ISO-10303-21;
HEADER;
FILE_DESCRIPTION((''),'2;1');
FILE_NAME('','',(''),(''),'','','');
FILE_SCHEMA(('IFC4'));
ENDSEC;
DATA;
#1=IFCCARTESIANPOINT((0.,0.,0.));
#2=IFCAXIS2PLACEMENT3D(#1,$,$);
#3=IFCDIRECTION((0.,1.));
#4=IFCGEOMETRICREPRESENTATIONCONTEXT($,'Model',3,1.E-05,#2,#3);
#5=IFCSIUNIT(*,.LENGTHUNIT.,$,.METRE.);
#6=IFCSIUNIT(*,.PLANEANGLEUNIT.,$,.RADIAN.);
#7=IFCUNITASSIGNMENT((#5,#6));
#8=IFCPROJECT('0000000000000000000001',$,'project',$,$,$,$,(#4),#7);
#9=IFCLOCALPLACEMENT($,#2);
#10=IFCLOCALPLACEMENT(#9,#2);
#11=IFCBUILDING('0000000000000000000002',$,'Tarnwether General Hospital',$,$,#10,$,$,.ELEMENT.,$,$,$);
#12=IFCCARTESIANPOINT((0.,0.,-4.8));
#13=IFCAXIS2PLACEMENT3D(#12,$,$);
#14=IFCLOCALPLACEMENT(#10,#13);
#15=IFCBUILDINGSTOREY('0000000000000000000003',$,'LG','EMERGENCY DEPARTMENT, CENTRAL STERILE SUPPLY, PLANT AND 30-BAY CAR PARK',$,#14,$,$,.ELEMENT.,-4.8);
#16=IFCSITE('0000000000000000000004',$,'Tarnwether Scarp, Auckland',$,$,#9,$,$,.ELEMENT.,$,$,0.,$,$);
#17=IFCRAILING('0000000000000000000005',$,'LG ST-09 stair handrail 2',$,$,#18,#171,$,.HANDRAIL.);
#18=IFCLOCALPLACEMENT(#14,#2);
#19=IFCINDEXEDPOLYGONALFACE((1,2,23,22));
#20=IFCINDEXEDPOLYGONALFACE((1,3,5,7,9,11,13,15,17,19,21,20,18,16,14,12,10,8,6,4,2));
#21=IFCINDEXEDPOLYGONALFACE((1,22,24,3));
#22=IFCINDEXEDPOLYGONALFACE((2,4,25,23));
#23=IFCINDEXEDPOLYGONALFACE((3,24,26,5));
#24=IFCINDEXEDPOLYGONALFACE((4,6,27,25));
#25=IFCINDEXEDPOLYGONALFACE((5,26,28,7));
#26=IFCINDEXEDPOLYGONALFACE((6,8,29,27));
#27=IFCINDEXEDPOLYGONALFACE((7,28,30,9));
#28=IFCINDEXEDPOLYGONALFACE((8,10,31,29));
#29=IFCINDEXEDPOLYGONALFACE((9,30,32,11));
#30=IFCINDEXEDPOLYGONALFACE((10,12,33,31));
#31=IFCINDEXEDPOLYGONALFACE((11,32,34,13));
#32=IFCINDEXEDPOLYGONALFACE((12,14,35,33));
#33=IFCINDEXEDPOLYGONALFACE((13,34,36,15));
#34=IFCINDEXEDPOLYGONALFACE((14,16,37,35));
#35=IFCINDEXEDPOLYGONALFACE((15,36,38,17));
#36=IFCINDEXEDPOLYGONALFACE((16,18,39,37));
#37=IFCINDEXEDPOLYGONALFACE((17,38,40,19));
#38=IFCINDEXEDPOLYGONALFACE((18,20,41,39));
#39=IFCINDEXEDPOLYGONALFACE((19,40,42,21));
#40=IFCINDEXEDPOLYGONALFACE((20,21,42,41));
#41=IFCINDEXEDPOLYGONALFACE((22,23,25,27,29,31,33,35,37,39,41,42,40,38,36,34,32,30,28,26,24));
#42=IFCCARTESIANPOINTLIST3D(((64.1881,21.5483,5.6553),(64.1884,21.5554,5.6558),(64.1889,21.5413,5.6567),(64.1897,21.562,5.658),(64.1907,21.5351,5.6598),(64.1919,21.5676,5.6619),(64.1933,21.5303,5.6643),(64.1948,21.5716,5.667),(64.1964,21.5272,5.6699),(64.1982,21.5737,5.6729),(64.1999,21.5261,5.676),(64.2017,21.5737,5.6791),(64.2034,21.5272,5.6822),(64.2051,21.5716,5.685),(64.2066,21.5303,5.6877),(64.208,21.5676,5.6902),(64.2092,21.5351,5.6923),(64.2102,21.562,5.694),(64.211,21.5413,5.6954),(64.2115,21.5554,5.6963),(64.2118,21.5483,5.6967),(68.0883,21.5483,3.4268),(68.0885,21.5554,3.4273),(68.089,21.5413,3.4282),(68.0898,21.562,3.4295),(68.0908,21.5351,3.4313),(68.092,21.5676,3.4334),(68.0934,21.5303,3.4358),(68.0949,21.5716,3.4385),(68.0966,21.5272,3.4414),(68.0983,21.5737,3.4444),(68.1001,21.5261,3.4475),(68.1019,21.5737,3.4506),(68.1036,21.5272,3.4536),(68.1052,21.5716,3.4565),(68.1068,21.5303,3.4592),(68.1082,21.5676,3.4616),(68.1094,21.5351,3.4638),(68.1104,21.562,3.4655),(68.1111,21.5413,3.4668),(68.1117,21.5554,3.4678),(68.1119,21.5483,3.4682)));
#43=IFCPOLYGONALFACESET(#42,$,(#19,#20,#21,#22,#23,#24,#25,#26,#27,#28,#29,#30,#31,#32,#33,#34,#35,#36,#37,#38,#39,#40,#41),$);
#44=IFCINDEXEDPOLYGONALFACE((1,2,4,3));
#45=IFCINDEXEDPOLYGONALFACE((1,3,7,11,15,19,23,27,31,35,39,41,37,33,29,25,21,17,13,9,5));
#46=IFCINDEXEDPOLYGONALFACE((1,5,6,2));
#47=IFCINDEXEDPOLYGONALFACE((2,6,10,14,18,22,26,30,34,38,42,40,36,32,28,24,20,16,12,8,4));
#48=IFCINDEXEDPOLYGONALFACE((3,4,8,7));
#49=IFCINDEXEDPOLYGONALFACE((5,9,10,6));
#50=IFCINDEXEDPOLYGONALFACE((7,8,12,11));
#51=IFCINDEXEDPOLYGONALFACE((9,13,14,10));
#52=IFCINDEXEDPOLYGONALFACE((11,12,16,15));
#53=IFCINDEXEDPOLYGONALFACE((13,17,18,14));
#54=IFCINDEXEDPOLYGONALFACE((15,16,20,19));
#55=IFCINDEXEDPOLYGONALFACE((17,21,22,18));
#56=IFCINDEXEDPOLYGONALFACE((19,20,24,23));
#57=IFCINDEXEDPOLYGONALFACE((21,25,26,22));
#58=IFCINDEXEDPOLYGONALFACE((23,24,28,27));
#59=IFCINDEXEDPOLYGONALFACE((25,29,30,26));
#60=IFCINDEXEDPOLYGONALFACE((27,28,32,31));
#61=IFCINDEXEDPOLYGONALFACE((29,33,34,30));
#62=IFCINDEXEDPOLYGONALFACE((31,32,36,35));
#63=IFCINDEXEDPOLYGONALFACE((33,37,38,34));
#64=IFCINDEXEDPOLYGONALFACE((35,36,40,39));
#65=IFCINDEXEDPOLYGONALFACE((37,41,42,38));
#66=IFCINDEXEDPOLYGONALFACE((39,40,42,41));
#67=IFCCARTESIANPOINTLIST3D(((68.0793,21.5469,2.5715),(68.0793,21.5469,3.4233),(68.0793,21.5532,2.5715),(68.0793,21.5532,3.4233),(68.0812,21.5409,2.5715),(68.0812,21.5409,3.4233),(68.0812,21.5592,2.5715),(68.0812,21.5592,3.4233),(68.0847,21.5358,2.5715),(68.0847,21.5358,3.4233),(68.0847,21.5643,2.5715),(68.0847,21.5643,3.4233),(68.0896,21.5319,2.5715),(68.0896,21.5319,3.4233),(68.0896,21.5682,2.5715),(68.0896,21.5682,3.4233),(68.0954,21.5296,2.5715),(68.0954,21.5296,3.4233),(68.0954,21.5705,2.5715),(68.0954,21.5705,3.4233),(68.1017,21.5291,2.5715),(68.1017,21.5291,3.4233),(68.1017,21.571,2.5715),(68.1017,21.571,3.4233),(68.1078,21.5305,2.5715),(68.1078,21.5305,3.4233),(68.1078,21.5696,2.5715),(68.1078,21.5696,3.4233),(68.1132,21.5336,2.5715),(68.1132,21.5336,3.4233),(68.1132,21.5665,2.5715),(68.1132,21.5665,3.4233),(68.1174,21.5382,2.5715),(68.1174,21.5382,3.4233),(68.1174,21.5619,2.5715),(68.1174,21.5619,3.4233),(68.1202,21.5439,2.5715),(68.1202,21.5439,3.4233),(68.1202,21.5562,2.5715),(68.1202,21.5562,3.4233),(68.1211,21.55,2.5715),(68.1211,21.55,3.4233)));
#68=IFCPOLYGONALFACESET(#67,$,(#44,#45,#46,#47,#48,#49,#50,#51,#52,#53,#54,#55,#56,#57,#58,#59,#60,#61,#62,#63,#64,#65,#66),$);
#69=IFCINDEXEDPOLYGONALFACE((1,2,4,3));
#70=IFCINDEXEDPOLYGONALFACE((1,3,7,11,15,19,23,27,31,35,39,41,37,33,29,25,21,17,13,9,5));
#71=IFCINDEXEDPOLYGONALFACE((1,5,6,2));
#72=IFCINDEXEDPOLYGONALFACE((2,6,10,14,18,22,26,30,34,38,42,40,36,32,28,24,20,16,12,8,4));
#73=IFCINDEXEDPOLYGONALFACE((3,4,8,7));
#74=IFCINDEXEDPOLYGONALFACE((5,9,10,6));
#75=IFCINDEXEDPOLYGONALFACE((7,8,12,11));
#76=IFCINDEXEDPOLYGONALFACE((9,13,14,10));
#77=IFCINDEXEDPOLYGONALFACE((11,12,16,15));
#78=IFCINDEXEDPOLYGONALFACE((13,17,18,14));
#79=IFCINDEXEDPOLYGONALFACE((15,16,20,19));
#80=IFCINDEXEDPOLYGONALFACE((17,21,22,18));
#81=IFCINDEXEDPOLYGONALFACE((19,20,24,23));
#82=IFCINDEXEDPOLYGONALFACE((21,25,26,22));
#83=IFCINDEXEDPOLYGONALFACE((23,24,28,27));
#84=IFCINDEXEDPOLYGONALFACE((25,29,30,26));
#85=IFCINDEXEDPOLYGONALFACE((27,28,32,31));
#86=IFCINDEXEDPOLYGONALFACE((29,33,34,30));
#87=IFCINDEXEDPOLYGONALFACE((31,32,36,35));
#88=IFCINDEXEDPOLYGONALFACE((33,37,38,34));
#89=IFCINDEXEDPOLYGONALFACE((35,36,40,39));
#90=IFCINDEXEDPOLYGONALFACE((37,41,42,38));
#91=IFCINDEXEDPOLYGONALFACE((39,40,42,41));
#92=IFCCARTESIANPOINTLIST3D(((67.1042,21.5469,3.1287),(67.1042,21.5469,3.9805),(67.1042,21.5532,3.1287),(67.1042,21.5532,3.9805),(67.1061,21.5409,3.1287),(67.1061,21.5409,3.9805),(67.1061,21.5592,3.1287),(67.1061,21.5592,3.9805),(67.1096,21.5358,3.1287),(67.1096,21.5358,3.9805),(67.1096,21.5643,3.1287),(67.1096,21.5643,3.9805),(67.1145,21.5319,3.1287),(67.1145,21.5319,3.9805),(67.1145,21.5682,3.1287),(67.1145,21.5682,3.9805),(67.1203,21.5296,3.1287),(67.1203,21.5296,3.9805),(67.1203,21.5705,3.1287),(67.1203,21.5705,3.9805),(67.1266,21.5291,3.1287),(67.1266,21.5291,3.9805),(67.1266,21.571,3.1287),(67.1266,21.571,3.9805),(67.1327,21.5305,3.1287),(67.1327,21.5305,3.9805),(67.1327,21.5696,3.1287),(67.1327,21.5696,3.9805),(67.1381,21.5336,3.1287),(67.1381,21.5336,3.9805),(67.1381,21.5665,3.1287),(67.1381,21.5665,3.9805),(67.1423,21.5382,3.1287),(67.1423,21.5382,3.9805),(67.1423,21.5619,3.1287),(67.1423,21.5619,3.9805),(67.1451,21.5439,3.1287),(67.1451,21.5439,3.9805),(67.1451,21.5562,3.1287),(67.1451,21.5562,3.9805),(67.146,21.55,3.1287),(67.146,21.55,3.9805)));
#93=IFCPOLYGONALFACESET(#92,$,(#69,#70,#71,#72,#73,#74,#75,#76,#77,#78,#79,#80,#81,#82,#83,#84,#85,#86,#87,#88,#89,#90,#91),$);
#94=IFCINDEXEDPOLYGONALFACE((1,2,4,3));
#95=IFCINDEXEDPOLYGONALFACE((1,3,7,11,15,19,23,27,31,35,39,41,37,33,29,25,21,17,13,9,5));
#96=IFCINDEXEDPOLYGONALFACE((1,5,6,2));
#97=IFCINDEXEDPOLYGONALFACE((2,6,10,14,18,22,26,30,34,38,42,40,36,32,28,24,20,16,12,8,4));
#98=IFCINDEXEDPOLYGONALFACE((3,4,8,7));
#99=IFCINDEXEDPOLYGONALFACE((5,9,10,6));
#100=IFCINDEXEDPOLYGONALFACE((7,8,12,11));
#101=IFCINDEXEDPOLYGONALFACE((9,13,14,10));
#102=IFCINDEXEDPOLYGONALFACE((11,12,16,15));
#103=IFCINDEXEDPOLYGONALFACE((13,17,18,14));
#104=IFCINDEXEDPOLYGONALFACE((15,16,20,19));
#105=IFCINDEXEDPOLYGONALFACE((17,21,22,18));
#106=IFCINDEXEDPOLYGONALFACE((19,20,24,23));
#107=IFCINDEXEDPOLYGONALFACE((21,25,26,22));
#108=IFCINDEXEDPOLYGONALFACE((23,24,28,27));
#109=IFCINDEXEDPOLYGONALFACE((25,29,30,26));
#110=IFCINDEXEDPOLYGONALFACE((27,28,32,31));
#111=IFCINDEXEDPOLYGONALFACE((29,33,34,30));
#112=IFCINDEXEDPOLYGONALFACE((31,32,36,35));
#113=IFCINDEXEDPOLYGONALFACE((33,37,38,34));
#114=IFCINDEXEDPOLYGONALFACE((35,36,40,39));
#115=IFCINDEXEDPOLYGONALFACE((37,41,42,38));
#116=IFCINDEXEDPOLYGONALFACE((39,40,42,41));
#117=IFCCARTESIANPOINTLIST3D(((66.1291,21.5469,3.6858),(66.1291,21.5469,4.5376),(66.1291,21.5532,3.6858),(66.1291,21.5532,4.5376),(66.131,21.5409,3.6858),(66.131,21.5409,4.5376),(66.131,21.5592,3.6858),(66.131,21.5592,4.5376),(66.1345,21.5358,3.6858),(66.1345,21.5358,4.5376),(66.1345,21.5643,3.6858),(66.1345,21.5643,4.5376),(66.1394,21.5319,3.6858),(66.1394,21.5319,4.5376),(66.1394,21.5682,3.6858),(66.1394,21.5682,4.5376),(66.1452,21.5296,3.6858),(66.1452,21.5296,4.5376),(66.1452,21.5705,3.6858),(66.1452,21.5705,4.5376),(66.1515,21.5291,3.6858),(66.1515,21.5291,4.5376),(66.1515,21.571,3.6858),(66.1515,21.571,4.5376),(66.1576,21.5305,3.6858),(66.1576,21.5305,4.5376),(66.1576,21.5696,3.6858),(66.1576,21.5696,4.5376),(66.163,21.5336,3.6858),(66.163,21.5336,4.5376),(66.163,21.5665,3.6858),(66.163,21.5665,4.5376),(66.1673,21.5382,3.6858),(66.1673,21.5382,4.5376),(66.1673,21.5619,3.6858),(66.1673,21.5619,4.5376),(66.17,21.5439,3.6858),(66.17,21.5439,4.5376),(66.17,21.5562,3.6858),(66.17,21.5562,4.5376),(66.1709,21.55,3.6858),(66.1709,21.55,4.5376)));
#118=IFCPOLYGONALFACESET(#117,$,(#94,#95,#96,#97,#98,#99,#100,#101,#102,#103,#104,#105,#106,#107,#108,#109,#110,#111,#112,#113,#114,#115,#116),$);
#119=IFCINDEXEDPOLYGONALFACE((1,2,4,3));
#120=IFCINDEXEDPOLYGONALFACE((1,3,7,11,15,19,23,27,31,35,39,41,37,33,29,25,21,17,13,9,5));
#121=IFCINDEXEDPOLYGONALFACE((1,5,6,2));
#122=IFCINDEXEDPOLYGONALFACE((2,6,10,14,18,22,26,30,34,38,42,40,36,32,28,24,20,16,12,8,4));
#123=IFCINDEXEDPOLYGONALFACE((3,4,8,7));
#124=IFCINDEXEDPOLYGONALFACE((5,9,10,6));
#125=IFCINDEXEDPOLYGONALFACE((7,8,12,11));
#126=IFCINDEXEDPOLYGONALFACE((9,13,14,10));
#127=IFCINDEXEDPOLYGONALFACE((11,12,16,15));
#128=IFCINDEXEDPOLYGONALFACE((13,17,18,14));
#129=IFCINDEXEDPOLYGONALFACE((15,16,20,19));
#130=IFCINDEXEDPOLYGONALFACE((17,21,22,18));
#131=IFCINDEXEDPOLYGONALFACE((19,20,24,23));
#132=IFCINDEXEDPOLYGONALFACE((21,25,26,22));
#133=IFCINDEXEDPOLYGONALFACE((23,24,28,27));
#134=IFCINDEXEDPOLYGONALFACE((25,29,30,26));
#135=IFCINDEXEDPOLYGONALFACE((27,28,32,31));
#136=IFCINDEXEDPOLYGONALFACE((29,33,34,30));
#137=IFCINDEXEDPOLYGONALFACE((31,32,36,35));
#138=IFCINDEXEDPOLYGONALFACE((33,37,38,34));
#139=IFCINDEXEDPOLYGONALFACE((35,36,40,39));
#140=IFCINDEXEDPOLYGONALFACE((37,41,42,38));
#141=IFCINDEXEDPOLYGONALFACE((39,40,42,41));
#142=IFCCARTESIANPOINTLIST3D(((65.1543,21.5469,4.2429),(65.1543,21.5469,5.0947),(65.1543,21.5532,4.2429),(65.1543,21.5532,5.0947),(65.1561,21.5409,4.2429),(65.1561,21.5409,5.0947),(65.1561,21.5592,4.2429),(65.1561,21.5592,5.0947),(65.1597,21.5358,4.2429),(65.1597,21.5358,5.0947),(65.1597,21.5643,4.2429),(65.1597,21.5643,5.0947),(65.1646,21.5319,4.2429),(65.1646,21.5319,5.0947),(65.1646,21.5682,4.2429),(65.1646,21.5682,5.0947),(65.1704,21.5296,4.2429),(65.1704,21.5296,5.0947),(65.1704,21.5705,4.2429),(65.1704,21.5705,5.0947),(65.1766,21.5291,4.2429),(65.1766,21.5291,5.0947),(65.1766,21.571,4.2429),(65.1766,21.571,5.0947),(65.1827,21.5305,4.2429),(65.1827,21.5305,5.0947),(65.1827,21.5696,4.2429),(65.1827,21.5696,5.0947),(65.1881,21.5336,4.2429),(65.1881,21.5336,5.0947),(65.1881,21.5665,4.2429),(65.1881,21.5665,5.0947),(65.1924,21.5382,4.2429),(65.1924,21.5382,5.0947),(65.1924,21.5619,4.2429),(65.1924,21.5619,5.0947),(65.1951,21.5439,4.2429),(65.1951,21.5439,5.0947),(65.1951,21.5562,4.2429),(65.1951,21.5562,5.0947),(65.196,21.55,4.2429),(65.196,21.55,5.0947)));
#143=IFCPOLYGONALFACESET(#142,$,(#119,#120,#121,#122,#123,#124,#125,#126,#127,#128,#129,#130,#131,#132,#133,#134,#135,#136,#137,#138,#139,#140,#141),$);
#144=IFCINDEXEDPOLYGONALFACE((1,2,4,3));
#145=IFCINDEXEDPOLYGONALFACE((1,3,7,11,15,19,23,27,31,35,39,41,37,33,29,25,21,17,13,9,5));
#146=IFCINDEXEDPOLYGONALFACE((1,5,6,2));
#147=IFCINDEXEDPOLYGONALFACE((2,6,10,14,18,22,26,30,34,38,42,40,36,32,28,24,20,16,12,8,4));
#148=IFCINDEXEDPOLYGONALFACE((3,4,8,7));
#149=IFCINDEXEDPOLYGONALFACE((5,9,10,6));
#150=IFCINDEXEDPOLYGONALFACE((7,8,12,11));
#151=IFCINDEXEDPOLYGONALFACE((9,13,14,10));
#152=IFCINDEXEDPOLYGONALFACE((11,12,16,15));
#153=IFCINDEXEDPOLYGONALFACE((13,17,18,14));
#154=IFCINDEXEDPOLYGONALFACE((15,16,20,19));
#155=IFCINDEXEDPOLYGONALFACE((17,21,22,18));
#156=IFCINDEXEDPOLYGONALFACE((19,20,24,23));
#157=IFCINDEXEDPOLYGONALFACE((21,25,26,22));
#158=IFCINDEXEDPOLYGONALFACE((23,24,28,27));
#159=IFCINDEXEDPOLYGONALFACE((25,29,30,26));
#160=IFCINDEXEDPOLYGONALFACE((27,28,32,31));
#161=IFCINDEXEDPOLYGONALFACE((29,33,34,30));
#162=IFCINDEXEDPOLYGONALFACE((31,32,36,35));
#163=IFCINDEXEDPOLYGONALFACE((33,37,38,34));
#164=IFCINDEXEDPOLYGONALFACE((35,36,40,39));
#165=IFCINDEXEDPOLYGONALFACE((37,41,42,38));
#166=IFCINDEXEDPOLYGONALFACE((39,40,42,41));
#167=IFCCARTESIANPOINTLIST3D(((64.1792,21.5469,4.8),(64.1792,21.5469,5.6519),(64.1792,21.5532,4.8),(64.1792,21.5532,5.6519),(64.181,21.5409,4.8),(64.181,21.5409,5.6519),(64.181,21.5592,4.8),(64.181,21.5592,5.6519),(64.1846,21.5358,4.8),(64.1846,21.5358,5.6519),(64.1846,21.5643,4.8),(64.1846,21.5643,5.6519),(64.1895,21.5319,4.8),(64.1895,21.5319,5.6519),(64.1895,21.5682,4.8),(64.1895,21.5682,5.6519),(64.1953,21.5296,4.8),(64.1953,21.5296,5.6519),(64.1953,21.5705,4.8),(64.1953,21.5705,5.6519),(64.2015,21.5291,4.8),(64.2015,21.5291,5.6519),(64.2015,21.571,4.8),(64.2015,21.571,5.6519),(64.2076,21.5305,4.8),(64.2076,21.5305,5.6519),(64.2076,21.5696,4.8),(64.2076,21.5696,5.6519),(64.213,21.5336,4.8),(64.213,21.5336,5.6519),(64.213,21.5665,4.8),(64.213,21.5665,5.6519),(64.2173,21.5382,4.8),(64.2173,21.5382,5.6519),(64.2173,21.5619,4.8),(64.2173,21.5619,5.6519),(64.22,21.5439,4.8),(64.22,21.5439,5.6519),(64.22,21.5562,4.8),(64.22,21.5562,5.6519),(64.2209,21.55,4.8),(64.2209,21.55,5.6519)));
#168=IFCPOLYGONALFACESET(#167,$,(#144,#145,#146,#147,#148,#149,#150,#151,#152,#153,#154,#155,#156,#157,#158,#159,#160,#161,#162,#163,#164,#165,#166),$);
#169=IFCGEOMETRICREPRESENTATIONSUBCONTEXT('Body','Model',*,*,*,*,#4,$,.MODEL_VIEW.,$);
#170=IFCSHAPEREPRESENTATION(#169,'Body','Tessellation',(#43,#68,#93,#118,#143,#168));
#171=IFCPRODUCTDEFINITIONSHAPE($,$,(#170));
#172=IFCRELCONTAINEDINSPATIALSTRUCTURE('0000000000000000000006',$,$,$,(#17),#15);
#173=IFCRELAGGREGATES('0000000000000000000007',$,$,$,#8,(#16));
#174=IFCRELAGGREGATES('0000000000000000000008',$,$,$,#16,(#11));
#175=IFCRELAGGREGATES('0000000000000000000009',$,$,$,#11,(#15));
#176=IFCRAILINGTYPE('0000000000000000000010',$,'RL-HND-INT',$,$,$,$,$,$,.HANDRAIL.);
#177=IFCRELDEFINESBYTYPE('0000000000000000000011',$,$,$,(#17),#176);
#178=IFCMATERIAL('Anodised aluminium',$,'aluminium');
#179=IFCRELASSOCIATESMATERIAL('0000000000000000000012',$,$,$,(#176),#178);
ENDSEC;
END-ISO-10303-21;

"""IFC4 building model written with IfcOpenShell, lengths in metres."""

from ifc_helpers import new_model, si_unit, direction, frame, origin, origin_2d, place, context, subcontext, project, spatial, circle, extrude, material, type_object, element, save


model = new_model("IFC4")

# Units and contexts
model_context = context("Model", 3, precision=1e-05, world=origin(), true_north=direction((0.0, 1.0)))
body_context = subcontext(model_context, "Body", "Model", "MODEL_VIEW")
ifc_project = project(units=[si_unit("LENGTHUNIT", "METRE"), si_unit("PLANEANGLEUNIT", "RADIAN")], contexts=[model_context])

# Site, building, storey
site_placement = place(None, origin())
site = spatial("IfcSite", under=ifc_project, at=site_placement, Name="Tarnwether Scarp, Auckland", CompositionType="ELEMENT", RefElevation=0.0)
building_placement = place(site_placement, origin())
building = spatial("IfcBuilding", under=site, at=building_placement, Name="Tarnwether General Hospital", CompositionType="ELEMENT")
storey_placement = place(building_placement, frame((0.0, 0.0, -4.8)))
storey = spatial("IfcBuildingStorey", under=building, at=storey_placement, Name="LG", Description="EMERGENCY DEPARTMENT, CENTRAL STERILE SUPPLY, PLANT AND 30-BAY CAR PARK", CompositionType="ELEMENT", Elevation=-4.8)

# Railing
ifc_material_1 = material(Name="Anodised aluminium", Category="aluminium")
railing_type_1 = type_object("IfcRailingType", Name="RL-HND-INT", PredefinedType="HANDRAIL", material=ifc_material_1)
railing_1_placement = place(storey_placement, frame((68.1001, 21.55, 2.5715)))
element("IfcRailing", 1, at=railing_1_placement, inside=storey, type_object=railing_type_1, Name="LG ST-09 stair handrail 2", PredefinedType="HANDRAIL", context=body_context, shape_type="SweptSolid", body=[
    extrude(circle(Radius=0.0239, at=origin_2d()), frame((0.0, 0.0, 0.876), z_axis=(-0.868257, 0.0, 0.496116), x_axis=(0.0, -1.0, 0.0)), (0.0, 0.0, 1.0), 4.4919),
    extrude(circle(Radius=0.021, at=origin_2d()), origin(), (0.0, 0.0, 1.0), 0.8518),
    extrude(circle(Radius=0.021, at=origin_2d()), frame((-0.9751, 0.0, 0.5571)), (0.0, 0.0, 1.0), 0.8518),
    extrude(circle(Radius=0.021, at=origin_2d()), frame((-1.9502, 0.0, 1.1143)), (0.0, 0.0, 1.0), 0.8518),
    extrude(circle(Radius=0.021, at=origin_2d()), frame((-2.925, 0.0, 1.6714)), (0.0, 0.0, 1.0), 0.8518),
    extrude(circle(Radius=0.021, at=origin_2d()), frame((-3.9001, 0.0, 2.2285)), (0.0, 0.0, 1.0), 0.8518),
])

save(model, "model.ifc")
